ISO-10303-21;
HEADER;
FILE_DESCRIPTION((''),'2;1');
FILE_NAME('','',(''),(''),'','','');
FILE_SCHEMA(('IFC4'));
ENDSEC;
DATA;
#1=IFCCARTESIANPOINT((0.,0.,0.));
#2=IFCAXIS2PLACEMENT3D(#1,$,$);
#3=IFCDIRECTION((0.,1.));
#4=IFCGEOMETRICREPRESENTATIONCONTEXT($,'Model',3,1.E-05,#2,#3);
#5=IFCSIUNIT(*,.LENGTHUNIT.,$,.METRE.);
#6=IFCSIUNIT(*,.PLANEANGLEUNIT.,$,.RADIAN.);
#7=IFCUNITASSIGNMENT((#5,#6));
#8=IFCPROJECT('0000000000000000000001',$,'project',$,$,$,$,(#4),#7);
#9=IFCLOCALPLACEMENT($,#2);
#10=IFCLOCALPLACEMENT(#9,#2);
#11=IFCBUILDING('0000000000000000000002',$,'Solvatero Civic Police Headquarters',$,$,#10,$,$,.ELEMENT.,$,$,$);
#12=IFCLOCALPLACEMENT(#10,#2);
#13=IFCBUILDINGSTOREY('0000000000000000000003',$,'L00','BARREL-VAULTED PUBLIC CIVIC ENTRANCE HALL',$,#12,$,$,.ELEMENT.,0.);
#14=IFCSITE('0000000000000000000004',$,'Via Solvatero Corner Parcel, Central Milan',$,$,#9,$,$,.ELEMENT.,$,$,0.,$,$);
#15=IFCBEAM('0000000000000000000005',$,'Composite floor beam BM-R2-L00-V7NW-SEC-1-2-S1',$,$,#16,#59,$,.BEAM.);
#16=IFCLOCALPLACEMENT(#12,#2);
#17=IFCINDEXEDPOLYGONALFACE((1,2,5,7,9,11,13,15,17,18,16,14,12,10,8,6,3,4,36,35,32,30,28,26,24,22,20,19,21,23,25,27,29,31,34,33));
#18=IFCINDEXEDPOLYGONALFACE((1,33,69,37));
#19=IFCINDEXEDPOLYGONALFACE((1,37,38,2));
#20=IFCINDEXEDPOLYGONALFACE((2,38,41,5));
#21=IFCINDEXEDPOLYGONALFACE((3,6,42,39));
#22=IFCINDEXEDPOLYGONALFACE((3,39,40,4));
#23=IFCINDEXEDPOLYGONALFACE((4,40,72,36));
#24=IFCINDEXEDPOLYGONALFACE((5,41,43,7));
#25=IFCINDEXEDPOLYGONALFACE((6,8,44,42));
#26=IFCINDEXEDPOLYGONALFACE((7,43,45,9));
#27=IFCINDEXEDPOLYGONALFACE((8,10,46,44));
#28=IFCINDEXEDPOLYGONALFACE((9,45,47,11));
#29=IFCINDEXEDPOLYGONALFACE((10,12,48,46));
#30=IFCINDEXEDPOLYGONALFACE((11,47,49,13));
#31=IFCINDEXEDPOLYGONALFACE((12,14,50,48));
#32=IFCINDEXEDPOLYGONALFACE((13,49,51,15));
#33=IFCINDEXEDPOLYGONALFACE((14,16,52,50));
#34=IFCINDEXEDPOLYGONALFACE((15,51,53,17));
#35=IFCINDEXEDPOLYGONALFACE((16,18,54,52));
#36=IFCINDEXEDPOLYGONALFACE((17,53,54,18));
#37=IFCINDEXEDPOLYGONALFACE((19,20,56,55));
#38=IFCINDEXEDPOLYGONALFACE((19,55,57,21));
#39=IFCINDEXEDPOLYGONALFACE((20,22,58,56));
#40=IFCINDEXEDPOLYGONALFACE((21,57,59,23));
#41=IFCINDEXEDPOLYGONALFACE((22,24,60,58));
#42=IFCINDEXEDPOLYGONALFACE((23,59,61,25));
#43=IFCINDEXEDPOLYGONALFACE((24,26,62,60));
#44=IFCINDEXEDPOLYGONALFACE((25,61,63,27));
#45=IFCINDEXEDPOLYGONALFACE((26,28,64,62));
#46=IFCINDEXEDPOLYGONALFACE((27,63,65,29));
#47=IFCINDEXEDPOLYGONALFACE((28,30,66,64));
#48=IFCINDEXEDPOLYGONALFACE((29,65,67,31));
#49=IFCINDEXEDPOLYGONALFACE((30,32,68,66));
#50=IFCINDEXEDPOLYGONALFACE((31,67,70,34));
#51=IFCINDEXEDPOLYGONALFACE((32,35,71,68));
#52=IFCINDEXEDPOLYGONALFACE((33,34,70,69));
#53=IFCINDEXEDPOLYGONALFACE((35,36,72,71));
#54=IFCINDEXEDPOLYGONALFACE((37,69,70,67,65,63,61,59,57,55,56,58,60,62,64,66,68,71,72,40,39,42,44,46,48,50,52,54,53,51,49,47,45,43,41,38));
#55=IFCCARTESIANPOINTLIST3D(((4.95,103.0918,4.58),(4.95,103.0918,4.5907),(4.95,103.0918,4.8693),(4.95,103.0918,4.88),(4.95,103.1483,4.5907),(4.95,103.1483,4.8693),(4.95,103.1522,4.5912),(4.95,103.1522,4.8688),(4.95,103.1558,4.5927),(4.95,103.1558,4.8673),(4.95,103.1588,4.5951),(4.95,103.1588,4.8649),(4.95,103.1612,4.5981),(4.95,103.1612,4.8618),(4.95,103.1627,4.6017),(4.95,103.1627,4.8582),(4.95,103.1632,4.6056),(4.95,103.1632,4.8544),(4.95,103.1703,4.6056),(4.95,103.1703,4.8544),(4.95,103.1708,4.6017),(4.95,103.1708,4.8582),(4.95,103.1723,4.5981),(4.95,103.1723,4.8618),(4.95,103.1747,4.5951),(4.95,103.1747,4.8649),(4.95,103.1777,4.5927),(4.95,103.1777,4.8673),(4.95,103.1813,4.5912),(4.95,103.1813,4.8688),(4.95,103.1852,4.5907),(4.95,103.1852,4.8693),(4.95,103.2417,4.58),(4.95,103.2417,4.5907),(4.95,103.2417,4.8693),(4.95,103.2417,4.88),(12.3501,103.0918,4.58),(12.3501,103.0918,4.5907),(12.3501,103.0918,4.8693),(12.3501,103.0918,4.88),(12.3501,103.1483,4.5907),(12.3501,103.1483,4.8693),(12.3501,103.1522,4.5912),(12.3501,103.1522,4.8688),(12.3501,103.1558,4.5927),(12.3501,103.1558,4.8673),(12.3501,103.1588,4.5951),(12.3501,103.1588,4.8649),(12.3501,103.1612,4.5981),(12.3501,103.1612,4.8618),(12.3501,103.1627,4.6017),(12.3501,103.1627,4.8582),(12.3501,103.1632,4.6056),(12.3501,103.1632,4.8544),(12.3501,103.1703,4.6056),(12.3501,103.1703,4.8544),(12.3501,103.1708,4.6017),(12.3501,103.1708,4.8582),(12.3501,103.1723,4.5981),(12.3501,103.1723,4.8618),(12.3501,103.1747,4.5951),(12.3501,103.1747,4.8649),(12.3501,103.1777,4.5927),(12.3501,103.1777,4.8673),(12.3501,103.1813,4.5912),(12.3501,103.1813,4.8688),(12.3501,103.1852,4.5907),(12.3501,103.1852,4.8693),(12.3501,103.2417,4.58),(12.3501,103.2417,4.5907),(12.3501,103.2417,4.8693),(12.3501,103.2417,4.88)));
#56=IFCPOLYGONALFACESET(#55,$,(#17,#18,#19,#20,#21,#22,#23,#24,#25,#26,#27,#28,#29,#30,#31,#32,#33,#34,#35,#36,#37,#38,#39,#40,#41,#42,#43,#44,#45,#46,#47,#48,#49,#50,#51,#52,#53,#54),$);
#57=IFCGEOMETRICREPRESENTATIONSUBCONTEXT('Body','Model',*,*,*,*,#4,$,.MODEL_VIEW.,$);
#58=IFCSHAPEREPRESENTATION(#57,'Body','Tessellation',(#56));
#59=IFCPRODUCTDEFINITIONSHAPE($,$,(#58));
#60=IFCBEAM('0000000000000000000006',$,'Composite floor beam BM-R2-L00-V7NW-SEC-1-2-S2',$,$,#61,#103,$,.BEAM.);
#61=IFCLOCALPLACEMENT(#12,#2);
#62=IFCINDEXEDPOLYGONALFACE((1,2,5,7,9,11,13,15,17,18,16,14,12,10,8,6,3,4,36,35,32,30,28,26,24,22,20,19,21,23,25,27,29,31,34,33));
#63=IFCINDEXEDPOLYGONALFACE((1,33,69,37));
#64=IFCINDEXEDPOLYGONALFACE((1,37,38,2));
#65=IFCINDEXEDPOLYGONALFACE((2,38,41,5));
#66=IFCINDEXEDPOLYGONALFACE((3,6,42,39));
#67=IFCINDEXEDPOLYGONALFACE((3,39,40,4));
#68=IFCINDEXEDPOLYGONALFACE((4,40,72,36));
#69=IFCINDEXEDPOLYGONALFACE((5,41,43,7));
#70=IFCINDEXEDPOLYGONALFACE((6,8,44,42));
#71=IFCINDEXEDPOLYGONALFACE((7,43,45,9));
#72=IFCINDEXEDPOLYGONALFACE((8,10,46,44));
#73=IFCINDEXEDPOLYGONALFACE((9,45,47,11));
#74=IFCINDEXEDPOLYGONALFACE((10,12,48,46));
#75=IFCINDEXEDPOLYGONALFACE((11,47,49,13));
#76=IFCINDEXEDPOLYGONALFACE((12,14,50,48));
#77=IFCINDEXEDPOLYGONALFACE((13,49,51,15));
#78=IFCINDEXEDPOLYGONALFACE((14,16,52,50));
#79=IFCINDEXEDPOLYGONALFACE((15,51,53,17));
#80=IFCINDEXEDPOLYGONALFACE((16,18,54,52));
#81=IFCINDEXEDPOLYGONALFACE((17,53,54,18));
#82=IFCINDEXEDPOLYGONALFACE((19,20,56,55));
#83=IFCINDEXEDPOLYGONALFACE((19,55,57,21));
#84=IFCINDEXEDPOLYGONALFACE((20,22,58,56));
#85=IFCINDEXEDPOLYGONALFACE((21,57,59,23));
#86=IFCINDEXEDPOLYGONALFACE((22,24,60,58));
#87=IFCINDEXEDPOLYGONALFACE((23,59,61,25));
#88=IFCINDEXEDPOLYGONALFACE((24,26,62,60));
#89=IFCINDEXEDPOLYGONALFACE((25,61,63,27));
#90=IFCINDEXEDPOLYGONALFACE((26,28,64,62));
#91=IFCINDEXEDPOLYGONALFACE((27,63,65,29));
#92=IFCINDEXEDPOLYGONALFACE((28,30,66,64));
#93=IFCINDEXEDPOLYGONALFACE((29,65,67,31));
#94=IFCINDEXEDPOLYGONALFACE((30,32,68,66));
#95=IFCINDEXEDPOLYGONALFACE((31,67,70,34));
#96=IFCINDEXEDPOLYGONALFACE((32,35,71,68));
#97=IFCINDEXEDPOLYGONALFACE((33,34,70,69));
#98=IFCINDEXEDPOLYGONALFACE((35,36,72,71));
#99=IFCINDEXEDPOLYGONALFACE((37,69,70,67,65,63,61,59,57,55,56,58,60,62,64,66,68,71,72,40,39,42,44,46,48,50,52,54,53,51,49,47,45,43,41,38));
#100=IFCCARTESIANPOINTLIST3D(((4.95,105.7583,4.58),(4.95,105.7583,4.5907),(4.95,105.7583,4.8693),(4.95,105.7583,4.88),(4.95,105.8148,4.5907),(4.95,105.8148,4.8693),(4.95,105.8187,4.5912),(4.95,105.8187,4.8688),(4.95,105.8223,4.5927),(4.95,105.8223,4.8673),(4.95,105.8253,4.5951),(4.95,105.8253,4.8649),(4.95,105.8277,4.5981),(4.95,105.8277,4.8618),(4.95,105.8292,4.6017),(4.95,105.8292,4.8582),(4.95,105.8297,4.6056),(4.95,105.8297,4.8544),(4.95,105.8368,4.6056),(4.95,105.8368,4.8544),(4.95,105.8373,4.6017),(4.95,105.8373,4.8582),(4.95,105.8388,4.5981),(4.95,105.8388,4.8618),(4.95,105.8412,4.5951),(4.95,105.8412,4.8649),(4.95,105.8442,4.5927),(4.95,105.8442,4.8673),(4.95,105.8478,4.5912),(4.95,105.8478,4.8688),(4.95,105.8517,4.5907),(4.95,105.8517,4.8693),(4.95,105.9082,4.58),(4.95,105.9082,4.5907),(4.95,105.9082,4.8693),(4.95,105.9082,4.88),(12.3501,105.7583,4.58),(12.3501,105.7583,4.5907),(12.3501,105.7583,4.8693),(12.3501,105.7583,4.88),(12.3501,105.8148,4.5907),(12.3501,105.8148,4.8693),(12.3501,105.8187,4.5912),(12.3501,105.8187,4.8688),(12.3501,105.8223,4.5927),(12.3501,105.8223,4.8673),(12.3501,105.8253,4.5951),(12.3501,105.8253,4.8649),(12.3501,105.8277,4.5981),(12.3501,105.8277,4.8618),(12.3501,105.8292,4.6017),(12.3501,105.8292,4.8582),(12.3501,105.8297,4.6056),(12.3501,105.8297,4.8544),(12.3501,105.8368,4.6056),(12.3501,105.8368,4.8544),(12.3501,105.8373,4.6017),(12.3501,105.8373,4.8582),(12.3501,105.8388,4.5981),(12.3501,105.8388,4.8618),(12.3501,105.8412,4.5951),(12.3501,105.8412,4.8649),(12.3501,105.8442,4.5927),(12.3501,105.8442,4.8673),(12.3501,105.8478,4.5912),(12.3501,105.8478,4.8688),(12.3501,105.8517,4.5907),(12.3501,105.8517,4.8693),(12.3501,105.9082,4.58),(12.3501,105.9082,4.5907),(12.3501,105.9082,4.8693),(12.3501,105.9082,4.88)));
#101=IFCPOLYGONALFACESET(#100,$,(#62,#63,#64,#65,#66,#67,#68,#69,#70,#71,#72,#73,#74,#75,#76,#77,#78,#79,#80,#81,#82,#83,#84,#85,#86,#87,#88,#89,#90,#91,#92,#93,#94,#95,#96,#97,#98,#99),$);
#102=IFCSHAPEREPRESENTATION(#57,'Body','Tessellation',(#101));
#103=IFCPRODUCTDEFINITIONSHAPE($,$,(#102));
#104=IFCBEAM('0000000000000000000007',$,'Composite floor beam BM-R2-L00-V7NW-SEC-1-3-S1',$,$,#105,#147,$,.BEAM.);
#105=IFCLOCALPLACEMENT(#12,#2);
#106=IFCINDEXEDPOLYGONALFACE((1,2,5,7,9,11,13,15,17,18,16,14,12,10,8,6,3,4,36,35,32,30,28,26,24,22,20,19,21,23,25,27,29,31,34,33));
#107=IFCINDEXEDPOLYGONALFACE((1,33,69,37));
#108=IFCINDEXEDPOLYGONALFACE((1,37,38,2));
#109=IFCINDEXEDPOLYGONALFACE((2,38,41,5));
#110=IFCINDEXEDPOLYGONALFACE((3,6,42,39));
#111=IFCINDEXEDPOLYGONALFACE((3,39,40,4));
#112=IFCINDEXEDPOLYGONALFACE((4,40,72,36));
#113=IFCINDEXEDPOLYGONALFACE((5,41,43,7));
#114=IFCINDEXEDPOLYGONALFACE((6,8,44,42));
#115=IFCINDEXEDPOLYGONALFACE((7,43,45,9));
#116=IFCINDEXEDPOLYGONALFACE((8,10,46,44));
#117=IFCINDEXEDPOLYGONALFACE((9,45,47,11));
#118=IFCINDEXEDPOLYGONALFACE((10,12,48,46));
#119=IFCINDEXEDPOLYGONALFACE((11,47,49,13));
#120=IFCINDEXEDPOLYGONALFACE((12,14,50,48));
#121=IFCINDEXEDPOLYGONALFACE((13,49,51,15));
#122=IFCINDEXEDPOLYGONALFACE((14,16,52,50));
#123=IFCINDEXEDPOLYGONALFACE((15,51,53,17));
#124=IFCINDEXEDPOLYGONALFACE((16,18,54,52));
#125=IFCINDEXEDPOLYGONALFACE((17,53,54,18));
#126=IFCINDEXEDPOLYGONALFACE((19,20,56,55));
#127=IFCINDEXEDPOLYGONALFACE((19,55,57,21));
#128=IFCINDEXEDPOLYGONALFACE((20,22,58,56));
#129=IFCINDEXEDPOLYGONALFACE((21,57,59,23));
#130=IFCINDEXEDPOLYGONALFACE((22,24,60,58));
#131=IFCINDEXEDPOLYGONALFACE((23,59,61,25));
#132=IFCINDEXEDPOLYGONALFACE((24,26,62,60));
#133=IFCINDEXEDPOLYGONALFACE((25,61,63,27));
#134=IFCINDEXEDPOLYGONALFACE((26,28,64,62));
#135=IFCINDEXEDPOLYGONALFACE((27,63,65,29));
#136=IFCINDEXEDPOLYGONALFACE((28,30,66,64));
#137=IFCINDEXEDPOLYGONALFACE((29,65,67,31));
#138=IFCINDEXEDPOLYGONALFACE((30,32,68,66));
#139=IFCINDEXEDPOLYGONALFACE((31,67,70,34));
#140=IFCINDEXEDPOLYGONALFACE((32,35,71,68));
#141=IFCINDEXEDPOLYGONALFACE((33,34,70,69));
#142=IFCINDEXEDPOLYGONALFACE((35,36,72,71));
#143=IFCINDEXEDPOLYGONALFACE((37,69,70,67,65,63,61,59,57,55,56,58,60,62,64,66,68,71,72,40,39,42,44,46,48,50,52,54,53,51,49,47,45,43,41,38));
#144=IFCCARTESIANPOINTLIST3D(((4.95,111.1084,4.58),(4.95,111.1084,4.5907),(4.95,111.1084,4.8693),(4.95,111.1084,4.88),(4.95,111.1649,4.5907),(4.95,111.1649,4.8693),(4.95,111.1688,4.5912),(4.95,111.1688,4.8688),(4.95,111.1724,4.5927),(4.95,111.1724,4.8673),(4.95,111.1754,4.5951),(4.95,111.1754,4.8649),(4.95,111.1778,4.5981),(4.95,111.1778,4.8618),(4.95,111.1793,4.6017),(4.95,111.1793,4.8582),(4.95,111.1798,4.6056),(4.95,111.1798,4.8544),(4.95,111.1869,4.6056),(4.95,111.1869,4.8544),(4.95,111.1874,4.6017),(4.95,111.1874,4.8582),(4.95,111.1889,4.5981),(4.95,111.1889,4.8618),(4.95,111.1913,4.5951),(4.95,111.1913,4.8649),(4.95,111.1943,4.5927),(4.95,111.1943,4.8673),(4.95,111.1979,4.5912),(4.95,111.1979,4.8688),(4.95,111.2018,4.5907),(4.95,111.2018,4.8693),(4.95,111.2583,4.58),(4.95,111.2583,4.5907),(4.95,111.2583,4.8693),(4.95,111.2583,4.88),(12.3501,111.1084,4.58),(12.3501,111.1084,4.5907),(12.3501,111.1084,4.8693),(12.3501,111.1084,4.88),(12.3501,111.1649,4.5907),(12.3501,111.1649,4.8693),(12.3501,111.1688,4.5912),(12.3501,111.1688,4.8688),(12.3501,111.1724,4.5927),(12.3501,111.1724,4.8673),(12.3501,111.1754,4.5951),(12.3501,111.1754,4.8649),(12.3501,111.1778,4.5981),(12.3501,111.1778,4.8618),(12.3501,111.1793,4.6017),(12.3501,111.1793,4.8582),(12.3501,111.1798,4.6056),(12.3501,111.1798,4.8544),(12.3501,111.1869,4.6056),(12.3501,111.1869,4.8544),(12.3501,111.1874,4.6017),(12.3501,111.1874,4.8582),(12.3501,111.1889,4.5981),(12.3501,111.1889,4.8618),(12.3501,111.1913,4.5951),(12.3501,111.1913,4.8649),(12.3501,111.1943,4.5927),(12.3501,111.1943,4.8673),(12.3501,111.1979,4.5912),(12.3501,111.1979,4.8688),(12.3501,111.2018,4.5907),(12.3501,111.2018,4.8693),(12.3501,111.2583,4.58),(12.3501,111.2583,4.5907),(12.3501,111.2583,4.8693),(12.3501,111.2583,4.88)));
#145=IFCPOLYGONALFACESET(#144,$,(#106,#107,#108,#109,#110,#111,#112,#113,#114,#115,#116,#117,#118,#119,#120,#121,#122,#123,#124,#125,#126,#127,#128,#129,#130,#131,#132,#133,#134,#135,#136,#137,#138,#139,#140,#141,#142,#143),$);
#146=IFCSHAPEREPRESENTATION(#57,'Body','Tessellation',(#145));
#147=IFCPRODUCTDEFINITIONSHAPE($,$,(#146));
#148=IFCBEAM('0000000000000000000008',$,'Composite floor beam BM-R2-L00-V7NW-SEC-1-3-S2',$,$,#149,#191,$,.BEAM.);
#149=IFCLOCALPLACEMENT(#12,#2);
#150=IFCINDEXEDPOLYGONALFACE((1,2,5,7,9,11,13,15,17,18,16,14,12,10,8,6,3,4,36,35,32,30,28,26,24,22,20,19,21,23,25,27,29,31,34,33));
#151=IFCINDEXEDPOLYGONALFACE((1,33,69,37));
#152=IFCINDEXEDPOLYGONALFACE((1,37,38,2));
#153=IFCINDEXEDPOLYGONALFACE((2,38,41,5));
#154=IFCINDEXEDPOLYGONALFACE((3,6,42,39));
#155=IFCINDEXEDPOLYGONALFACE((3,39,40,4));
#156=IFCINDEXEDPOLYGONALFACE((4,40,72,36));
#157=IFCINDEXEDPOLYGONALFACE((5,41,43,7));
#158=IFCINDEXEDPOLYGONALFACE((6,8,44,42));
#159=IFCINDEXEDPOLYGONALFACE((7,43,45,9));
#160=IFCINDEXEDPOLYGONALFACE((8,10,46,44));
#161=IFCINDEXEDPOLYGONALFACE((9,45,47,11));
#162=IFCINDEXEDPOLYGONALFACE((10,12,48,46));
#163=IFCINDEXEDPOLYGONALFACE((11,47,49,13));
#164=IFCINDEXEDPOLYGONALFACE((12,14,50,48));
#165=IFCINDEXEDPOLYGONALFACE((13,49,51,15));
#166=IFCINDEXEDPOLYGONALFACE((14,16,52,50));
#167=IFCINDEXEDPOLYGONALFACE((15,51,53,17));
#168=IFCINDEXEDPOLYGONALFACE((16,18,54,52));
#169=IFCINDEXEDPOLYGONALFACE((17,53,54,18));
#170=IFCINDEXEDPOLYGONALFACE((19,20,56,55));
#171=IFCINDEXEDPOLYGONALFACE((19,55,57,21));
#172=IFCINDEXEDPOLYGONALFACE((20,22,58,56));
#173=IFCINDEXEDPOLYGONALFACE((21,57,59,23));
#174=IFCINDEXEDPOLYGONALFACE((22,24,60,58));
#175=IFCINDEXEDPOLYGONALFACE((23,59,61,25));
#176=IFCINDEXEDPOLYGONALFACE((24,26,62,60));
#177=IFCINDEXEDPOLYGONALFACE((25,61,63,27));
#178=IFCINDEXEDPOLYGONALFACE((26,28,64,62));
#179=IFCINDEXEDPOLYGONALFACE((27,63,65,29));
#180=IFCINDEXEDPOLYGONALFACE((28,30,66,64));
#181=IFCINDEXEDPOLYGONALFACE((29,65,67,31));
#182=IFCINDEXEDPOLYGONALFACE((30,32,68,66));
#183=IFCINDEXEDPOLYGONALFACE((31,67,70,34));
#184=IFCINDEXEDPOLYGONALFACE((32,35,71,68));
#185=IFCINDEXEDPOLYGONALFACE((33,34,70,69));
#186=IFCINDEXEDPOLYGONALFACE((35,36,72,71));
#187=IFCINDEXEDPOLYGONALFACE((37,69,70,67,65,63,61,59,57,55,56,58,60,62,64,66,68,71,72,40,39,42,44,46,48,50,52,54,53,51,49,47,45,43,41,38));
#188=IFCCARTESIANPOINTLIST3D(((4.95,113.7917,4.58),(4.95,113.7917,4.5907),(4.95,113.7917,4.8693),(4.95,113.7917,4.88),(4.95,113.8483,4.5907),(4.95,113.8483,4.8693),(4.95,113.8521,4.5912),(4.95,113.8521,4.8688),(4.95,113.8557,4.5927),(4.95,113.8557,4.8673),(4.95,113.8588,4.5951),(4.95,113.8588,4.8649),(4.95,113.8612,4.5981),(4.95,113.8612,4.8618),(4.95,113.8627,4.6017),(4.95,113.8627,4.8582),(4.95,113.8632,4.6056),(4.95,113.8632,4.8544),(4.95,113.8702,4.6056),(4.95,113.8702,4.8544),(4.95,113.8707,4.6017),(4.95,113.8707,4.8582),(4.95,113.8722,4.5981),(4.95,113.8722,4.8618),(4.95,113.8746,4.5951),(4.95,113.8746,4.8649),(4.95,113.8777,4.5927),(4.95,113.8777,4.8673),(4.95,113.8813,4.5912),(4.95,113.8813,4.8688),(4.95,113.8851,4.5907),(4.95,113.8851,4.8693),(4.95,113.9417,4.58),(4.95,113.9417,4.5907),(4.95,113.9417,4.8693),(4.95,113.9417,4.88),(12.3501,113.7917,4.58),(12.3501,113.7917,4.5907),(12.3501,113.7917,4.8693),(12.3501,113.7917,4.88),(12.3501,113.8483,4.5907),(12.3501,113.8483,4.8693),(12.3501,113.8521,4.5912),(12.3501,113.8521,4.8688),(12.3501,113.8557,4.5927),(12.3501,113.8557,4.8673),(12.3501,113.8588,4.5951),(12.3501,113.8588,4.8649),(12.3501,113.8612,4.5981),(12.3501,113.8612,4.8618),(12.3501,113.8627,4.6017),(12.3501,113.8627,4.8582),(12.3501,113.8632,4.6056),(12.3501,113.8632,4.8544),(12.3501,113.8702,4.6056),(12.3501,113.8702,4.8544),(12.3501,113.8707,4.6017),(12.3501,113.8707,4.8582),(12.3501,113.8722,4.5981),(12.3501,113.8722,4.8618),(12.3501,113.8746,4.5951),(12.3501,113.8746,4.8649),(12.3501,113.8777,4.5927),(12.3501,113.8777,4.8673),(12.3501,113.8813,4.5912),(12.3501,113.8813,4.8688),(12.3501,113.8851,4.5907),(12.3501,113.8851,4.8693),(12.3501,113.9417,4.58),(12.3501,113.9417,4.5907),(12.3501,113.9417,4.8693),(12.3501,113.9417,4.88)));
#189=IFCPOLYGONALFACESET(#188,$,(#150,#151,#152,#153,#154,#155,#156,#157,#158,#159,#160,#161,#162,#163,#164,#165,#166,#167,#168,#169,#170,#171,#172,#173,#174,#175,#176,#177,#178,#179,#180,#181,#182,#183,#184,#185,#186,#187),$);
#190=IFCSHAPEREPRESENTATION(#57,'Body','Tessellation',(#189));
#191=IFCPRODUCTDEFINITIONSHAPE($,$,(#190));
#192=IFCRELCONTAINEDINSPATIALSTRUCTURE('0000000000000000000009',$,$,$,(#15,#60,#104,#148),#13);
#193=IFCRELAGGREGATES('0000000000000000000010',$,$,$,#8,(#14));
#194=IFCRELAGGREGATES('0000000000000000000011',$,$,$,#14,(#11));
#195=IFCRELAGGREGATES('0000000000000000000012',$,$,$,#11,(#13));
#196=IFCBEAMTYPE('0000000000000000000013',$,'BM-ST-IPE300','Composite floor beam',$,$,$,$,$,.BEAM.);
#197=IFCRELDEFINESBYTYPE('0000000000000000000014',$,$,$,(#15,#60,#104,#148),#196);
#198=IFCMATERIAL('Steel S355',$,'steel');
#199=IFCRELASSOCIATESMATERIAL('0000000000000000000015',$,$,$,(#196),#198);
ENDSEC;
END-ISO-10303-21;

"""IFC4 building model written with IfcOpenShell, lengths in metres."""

from ifc_helpers import new_model, si_unit, direction, frame, origin, origin_2d, place, context, subcontext, project, spatial, i_section, extrude, material, material_profile, profile_set, type_object, element, save


model = new_model("IFC4")

# Units and contexts
model_context = context("Model", 3, precision=1e-05, world=origin(), true_north=direction((0.0, 1.0)))
body_context = subcontext(model_context, "Body", "Model", "MODEL_VIEW")
ifc_project = project(units=[si_unit("LENGTHUNIT", "METRE"), si_unit("PLANEANGLEUNIT", "RADIAN")], contexts=[model_context])

# Site, building, storey
site_placement = place(None, origin())
site = spatial("IfcSite", under=ifc_project, at=site_placement, Name="Via Solvatero Corner Parcel, Central Milan", CompositionType="ELEMENT", RefElevation=0.0)
building_placement = place(site_placement, origin())
building = spatial("IfcBuilding", under=site, at=building_placement, Name="Solvatero Civic Police Headquarters", CompositionType="ELEMENT")
storey_placement = place(building_placement, origin())
storey = spatial("IfcBuildingStorey", under=building, at=storey_placement, Name="L00", Description="BARREL-VAULTED PUBLIC CIVIC ENTRANCE HALL", CompositionType="ELEMENT", Elevation=0.0)

# Beams
ifc_material_1 = material(Name="Steel S355", Category="steel")
ifc_material_profile_1 = material_profile(ifc_material_1, i_section(OverallWidth=0.1499, OverallDepth=0.3, WebThickness=0.0071, FlangeThickness=0.0107, FilletRadius=0.0149, at=origin_2d()), Name="IPE 300")
ifc_profile_set_1 = profile_set([ifc_material_profile_1], Name="Steel S355")
beam_type_1 = type_object("IfcBeamType", Name="BM-ST-IPE300", Description="Composite floor beam", PredefinedType="BEAM", material=ifc_profile_set_1)
for number, where, z_axis, x_axis, name in (
    (1, (4.95, 103.1667, 4.73), (1.0, 0.0, 0.0), (0.0, 1.0, 0.0), "Composite floor beam BM-R2-L00-V7NW-SEC-1-2-S1"),
    (2, (4.95, 105.8333, 4.73), (1.0, 0.0, 0.0), (0.0, 1.0, 0.0), "Composite floor beam BM-R2-L00-V7NW-SEC-1-2-S2"),
    (3, (4.95, 111.1833, 4.73), (1.0, 0.0, 0.0), (0.0, 1.0, 0.0), "Composite floor beam BM-R2-L00-V7NW-SEC-1-3-S1"),
    (4, (4.95, 113.8667, 4.73), (1.0, 0.0, 0.0), (0.0, 1.0, 0.0), "Composite floor beam BM-R2-L00-V7NW-SEC-1-3-S2"),
):
    element("IfcBeam", number, at=place(storey_placement, frame(where, z_axis=z_axis, x_axis=x_axis)), inside=storey, type_object=beam_type_1, Name=name, PredefinedType="BEAM", context=body_context, shape_type="SweptSolid", body=[
        extrude(i_section(OverallWidth=0.1499, OverallDepth=0.3, WebThickness=0.0071, FlangeThickness=0.0107, FilletRadius=0.0149, at=origin_2d()), origin(), (0.0, 0.0, 1.0), 7.4001),
    ])

save(model, "model.ifc")
